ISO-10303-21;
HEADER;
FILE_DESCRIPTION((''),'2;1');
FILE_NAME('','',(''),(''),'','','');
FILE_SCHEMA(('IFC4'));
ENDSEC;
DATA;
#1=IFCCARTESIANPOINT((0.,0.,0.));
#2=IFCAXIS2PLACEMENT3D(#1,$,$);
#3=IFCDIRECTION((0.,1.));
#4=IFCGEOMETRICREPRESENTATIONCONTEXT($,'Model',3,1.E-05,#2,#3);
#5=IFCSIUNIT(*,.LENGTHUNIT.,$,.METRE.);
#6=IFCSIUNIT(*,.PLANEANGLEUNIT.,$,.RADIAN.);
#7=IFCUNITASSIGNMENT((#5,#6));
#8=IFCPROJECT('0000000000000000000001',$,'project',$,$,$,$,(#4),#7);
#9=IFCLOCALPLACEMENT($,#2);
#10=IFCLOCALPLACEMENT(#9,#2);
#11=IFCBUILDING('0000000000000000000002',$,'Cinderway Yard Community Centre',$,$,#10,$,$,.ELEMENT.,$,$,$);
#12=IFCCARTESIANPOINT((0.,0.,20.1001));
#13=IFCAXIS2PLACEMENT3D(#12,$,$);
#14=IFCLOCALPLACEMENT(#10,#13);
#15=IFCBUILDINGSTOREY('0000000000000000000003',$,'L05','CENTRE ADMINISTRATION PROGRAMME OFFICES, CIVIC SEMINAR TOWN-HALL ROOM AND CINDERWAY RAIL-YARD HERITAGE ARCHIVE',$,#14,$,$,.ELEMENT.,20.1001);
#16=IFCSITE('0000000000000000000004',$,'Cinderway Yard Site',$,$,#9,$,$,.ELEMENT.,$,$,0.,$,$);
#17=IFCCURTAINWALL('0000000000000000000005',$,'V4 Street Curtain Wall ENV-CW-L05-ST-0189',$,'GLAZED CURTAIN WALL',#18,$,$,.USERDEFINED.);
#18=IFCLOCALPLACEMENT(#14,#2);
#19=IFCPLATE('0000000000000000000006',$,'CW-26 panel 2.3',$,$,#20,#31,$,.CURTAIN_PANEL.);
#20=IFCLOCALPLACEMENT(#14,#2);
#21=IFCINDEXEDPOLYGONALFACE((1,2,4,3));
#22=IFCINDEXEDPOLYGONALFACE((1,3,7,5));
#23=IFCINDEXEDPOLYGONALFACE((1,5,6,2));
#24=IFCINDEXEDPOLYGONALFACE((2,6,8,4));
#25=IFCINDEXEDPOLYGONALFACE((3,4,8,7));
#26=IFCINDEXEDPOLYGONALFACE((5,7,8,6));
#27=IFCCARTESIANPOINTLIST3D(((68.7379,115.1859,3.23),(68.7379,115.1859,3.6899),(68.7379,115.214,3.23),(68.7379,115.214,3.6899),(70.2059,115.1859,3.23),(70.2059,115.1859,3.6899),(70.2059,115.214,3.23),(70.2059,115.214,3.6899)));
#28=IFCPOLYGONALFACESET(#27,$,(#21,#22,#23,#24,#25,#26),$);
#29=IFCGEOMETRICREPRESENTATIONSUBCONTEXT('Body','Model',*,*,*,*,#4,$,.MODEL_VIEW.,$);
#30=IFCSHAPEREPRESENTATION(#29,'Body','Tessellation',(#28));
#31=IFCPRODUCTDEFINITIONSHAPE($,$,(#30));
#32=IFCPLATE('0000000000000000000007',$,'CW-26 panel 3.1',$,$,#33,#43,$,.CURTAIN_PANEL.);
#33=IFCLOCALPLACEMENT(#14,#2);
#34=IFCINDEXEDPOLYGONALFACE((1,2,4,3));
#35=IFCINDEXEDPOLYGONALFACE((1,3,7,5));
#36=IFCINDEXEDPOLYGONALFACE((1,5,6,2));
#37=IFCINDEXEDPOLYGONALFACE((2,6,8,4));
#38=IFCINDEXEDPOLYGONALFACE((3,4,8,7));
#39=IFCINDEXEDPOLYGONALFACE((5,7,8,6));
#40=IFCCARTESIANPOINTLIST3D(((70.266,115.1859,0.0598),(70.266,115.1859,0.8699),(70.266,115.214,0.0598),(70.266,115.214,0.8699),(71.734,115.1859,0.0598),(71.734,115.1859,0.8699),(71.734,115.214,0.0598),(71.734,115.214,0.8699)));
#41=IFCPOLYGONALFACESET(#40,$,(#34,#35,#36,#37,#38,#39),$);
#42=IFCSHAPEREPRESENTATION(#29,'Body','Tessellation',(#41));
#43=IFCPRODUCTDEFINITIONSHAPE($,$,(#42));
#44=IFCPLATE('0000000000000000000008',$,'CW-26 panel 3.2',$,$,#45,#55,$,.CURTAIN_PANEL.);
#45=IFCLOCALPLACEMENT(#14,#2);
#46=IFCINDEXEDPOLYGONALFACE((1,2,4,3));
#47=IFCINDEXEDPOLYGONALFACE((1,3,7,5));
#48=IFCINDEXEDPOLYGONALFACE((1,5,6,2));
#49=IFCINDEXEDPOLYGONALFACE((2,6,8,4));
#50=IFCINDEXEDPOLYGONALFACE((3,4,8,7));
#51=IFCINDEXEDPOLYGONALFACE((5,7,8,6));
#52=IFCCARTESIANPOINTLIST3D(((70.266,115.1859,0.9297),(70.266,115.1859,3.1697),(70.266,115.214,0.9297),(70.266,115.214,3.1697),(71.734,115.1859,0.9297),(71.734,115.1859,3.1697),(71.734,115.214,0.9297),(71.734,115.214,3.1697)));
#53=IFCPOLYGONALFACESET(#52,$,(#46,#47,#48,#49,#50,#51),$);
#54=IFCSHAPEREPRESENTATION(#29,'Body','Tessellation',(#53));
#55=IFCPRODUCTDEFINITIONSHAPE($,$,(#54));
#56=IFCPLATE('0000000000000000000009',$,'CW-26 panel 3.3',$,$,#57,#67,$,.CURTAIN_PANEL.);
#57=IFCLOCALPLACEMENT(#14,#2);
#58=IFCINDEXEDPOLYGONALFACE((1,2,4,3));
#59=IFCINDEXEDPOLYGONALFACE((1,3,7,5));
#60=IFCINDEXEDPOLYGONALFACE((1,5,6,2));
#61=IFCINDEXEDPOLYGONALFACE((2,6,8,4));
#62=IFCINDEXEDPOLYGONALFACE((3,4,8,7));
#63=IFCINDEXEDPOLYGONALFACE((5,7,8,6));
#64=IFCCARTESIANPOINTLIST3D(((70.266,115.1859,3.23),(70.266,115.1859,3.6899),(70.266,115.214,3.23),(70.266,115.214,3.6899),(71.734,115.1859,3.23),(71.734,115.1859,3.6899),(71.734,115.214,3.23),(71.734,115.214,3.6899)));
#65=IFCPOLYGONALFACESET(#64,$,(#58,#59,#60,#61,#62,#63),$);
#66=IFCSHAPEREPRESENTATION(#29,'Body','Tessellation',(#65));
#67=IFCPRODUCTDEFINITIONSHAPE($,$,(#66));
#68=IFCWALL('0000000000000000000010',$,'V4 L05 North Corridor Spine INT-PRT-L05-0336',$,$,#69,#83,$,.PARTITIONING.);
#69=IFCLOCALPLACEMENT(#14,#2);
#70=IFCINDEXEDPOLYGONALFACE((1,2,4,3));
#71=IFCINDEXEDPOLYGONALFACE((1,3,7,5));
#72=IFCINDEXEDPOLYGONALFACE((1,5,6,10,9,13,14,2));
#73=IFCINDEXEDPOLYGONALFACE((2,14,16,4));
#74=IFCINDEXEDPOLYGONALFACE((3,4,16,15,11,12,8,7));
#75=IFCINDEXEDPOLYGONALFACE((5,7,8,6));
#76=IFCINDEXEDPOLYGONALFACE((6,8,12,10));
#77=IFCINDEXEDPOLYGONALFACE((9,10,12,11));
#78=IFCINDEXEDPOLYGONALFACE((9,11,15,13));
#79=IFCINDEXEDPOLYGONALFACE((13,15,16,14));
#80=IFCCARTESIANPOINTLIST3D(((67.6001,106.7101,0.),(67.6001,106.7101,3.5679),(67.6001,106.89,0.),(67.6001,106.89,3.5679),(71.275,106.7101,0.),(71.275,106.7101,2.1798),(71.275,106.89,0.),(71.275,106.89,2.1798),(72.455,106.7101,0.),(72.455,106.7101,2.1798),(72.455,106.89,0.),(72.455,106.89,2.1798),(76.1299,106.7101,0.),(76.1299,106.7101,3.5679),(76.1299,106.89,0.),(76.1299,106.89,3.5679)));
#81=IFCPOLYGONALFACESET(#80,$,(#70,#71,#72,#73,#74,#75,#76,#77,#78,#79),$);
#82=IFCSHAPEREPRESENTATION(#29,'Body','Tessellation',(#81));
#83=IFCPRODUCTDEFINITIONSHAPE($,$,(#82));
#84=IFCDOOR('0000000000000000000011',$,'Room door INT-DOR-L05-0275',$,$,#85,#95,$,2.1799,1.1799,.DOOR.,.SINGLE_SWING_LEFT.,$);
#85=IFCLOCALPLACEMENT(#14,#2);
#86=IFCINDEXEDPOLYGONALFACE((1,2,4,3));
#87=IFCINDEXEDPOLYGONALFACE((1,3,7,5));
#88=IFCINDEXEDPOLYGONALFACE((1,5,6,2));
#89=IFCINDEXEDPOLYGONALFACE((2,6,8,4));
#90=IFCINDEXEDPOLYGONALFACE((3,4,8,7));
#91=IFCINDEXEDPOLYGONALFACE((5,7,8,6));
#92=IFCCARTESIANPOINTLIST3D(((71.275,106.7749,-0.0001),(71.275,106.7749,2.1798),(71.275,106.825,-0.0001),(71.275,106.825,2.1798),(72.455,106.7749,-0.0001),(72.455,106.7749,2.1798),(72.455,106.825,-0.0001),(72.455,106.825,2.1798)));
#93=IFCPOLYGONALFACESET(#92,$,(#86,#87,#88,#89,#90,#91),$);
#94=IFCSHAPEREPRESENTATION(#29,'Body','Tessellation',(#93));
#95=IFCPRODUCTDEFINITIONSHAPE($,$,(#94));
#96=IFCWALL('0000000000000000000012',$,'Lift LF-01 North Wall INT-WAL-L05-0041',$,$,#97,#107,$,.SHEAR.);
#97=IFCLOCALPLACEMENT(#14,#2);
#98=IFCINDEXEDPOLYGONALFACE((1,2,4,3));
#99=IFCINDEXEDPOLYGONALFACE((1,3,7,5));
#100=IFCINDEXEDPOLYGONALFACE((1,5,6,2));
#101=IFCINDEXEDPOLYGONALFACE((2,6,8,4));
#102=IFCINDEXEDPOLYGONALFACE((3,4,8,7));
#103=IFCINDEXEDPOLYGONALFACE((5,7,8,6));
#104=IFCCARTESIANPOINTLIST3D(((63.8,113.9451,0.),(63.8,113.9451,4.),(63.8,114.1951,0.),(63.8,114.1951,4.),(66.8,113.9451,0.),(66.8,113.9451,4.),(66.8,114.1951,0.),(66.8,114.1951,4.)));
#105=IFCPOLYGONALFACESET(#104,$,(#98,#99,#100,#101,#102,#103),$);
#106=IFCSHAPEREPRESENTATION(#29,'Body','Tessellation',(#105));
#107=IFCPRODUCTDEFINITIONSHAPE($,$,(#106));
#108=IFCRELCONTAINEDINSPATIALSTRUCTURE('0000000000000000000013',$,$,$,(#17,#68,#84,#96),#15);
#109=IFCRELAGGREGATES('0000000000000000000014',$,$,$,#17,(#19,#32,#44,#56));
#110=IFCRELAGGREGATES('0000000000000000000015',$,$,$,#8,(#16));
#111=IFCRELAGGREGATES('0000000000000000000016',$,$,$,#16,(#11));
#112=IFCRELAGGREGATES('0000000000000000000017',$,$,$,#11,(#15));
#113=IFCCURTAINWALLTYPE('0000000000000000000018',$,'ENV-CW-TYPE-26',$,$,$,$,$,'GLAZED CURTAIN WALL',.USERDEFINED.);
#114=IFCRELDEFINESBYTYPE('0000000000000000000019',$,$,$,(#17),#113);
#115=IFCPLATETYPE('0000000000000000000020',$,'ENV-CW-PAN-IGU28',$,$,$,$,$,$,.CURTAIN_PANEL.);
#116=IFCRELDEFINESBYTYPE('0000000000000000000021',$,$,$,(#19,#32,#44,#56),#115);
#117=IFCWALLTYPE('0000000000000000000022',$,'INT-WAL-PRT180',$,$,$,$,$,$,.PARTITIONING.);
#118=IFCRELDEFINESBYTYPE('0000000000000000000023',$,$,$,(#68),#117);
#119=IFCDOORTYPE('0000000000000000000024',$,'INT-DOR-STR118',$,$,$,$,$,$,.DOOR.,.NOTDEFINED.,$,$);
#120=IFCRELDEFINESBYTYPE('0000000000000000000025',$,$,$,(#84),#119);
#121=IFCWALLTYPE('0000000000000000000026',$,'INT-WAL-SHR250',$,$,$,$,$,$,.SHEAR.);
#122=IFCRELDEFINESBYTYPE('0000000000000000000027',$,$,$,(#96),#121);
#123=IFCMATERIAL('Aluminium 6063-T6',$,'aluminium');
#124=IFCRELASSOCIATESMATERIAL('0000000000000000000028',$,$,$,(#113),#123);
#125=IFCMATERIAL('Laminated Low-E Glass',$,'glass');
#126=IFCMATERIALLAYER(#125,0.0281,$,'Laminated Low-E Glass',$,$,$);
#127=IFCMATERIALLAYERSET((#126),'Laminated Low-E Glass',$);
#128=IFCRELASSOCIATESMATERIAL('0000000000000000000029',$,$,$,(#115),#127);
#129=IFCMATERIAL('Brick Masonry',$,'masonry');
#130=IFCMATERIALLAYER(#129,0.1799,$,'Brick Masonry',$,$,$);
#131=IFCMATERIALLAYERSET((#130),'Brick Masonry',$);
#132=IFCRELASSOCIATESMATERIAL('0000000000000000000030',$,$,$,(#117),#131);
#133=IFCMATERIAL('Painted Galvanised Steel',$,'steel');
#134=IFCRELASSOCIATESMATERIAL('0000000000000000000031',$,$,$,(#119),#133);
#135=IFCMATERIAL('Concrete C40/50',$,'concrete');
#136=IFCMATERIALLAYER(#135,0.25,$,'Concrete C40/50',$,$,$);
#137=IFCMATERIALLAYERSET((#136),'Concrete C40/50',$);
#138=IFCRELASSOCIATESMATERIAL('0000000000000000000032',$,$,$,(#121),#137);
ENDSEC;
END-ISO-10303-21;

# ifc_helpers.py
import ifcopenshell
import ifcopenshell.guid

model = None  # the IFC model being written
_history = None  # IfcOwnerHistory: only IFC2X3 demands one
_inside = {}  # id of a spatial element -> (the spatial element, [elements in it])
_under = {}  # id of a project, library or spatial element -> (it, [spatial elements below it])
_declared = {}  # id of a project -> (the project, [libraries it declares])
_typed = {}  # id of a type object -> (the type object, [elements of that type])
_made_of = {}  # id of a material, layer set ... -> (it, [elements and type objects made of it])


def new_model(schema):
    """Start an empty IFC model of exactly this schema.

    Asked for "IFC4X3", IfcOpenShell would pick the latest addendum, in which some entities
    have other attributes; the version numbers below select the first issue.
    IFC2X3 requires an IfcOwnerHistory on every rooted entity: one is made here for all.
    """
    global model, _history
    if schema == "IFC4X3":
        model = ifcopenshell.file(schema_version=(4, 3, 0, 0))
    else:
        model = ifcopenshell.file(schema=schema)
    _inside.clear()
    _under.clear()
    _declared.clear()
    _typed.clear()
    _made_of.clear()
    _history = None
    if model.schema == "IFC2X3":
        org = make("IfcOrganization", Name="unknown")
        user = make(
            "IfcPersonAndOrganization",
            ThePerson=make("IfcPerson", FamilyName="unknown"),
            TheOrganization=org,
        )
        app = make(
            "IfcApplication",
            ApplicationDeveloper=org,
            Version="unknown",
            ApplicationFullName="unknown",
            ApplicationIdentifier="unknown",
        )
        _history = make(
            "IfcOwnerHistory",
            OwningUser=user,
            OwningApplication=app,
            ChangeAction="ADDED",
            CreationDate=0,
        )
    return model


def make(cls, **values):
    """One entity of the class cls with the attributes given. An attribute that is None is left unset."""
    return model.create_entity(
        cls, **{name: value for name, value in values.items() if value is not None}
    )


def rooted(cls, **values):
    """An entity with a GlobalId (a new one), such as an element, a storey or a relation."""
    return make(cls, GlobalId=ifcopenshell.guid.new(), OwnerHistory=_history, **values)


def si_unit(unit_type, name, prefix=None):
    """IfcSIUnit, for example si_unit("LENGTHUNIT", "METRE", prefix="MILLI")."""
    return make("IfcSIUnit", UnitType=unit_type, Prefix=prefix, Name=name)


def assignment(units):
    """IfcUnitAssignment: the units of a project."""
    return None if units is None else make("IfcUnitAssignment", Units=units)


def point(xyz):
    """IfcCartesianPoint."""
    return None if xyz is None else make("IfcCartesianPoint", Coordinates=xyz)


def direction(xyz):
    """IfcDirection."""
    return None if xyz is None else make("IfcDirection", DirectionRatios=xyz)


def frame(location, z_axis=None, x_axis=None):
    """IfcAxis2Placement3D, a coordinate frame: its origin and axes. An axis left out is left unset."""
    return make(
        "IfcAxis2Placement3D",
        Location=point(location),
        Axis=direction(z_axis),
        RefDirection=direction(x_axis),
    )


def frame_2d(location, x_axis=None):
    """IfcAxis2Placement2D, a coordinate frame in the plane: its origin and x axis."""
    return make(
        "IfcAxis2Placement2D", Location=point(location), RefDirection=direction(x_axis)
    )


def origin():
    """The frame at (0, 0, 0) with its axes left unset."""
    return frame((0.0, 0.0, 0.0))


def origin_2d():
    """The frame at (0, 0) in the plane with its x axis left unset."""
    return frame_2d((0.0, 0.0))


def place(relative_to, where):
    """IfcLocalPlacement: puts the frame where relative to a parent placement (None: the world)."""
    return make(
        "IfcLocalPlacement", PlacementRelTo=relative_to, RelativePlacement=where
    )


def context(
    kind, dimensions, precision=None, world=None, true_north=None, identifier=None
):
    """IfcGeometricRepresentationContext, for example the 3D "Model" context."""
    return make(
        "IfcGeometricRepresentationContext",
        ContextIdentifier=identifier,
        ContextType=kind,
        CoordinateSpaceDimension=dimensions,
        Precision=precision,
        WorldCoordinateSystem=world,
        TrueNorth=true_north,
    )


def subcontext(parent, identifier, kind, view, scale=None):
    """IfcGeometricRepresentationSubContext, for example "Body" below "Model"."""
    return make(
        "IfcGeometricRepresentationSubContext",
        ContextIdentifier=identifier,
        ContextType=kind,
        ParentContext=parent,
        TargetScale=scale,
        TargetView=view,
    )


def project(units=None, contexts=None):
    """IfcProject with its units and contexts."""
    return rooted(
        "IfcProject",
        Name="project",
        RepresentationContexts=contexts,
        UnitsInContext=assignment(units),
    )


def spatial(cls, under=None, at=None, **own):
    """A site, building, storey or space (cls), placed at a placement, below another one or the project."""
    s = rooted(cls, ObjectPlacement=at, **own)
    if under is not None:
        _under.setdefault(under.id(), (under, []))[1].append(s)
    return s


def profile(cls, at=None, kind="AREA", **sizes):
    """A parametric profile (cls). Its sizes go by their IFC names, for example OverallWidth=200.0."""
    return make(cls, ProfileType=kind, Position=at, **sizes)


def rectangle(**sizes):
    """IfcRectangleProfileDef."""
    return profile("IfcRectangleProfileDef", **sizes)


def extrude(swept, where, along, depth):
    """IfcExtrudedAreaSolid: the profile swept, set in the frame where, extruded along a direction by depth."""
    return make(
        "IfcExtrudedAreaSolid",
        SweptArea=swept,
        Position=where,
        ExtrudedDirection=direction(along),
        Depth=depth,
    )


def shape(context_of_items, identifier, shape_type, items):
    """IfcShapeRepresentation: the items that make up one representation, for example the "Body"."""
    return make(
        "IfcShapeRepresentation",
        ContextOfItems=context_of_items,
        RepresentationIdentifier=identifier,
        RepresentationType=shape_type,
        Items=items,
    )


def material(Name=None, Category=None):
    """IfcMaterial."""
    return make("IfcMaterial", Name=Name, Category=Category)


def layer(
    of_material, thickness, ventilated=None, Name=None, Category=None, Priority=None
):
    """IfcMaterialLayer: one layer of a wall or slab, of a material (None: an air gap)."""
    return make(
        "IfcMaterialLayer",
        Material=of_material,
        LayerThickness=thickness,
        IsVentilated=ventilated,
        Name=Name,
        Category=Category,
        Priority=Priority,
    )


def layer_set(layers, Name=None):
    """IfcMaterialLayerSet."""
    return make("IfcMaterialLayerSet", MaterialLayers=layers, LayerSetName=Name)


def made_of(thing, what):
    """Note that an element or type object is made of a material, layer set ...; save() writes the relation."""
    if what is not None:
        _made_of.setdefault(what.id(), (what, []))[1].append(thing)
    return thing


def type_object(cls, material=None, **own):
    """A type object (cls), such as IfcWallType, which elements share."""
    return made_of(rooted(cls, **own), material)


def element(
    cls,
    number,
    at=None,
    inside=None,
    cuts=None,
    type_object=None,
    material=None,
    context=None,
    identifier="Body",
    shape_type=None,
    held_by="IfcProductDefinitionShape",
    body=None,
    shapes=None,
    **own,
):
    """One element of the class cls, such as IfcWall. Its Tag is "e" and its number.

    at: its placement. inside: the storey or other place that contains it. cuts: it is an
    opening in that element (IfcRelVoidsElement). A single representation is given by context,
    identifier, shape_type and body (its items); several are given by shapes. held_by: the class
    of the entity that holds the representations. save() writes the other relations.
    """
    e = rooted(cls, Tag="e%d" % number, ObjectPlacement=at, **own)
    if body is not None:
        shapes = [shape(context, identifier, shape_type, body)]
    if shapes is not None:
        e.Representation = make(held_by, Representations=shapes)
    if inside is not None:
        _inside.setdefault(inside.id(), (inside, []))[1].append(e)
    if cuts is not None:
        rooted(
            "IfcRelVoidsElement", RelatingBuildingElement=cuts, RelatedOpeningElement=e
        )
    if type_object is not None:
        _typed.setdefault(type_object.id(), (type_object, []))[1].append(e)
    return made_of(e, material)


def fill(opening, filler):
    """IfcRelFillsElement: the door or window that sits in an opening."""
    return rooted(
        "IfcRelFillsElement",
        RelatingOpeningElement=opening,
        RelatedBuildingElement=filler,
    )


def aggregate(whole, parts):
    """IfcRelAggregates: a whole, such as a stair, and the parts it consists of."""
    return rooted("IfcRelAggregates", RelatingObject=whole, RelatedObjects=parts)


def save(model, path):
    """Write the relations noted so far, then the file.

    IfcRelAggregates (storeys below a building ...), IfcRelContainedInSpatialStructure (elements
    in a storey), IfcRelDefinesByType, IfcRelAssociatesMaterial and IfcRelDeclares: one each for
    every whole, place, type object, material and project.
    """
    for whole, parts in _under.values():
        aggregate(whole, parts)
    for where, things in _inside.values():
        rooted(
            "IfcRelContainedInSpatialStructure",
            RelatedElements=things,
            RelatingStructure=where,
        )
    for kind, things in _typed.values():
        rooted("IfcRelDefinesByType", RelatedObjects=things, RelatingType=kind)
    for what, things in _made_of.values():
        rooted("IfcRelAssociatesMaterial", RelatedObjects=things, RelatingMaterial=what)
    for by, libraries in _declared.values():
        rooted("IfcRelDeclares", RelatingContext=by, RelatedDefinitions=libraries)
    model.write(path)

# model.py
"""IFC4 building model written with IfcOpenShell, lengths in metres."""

from ifc_helpers import new_model, si_unit, direction, frame, frame_2d, origin, origin_2d, place, context, subcontext, project, spatial, rectangle, extrude, material, layer, layer_set, type_object, element, fill, aggregate, save


model = new_model("IFC4")

# Units and contexts
model_context = context("Model", 3, precision=1e-05, world=origin(), true_north=direction((0.0, 1.0)))
body_context = subcontext(model_context, "Body", "Model", "MODEL_VIEW")
ifc_project = project(units=[si_unit("LENGTHUNIT", "METRE"), si_unit("PLANEANGLEUNIT", "RADIAN")], contexts=[model_context])

# Site, building, storey
site_placement = place(None, origin())
site = spatial("IfcSite", under=ifc_project, at=site_placement, Name="Cinderway Yard Site", CompositionType="ELEMENT", RefElevation=0.0)
building_placement = place(site_placement, origin())
building = spatial("IfcBuilding", under=site, at=building_placement, Name="Cinderway Yard Community Centre", CompositionType="ELEMENT")
storey_placement = place(building_placement, frame((0.0, 0.0, 20.1001)))
storey = spatial("IfcBuildingStorey", under=building, at=storey_placement, Name="L05", Description="CENTRE ADMINISTRATION PROGRAMME OFFICES, CIVIC SEMINAR TOWN-HALL ROOM AND CINDERWAY RAIL-YARD HERITAGE ARCHIVE", CompositionType="ELEMENT", Elevation=20.1001)

# Shared definitions
ifc_material_1 = material(Name="Concrete C40/50", Category="concrete")

# Curtain wall
ifc_material_2 = material(Name="Aluminium 6063-T6", Category="aluminium")
curtain_wall_type = type_object("IfcCurtainWallType", Name="ENV-CW-TYPE-26", ElementType="GLAZED CURTAIN WALL", PredefinedType="USERDEFINED", material=ifc_material_2)
curtain_wall_placement = place(storey_placement, origin())
curtain_wall = element("IfcCurtainWall", 1, at=curtain_wall_placement, inside=storey, type_object=curtain_wall_type, Name="V4 Street Curtain Wall ENV-CW-L05-ST-0189", ObjectType="GLAZED CURTAIN WALL", PredefinedType="USERDEFINED")

# Plates
ifc_material_3 = material(Name="Laminated Low-E Glass", Category="glass")
ifc_layer_1 = layer(ifc_material_3, 0.0281, Name="Laminated Low-E Glass")
ifc_layer_set_1 = layer_set([ifc_layer_1], Name="Laminated Low-E Glass")
plate_type = type_object("IfcPlateType", Name="ENV-CW-PAN-IGU28", PredefinedType="CURTAIN_PANEL", material=ifc_layer_set_1)
plate_1_placement = place(storey_placement, frame((69.4719, 115.2, 3.23), z_axis=(0.0, 0.0, 1.0), x_axis=(1.0, 0.0, 0.0)))
plate_1 = element("IfcPlate", 2, at=plate_1_placement, type_object=plate_type, Name="CW-26 panel 2.3", PredefinedType="CURTAIN_PANEL", context=body_context, shape_type="SweptSolid", body=[
    extrude(rectangle(XDim=1.468, YDim=0.0281, at=origin_2d()), origin(), (0.0, 0.0, 1.0), 0.46),
])
plate_2_placement = place(storey_placement, frame((71.0, 115.2, 0.0598), z_axis=(0.0, 0.0, 1.0), x_axis=(1.0, 0.0, 0.0)))
plate_2 = element("IfcPlate", 3, at=plate_2_placement, type_object=plate_type, Name="CW-26 panel 3.1", PredefinedType="CURTAIN_PANEL", context=body_context, shape_type="SweptSolid", body=[
    extrude(rectangle(XDim=1.468, YDim=0.0281, at=origin_2d()), origin(), (0.0, 0.0, 1.0), 0.8101),
])
plate_3_placement = place(storey_placement, frame((71.0, 115.2, 0.9297), z_axis=(0.0, 0.0, 1.0), x_axis=(1.0, 0.0, 0.0)))
plate_3 = element("IfcPlate", 4, at=plate_3_placement, type_object=plate_type, Name="CW-26 panel 3.2", PredefinedType="CURTAIN_PANEL", context=body_context, shape_type="SweptSolid", body=[
    extrude(rectangle(XDim=1.468, YDim=0.0281, at=origin_2d()), origin(), (0.0, 0.0, 1.0), 2.24),
])
plate_4_placement = place(storey_placement, frame((71.0, 115.2, 3.23), z_axis=(0.0, 0.0, 1.0), x_axis=(1.0, 0.0, 0.0)))
plate_4 = element("IfcPlate", 5, at=plate_4_placement, type_object=plate_type, Name="CW-26 panel 3.3", PredefinedType="CURTAIN_PANEL", context=body_context, shape_type="SweptSolid", body=[
    extrude(rectangle(XDim=1.468, YDim=0.0281, at=origin_2d()), origin(), (0.0, 0.0, 1.0), 0.46),
])
aggregate(curtain_wall, [plate_1, plate_2, plate_3, plate_4])

# Wall, opening, door
ifc_material_4 = material(Name="Brick Masonry", Category="masonry")
ifc_layer_2 = layer(ifc_material_4, 0.1799, Name="Brick Masonry")
ifc_layer_set_2 = layer_set([ifc_layer_2], Name="Brick Masonry")
wall_type_1 = type_object("IfcWallType", Name="INT-WAL-PRT180", PredefinedType="PARTITIONING", material=ifc_layer_set_2)
wall_1_placement = place(storey_placement, frame((67.6001, 106.8, 0.0), z_axis=(0.0, 0.0, 1.0), x_axis=(1.0, 0.0, 0.0)))
wall_1 = element("IfcWall", 6, at=wall_1_placement, inside=storey, type_object=wall_type_1, Name="V4 L05 North Corridor Spine INT-PRT-L05-0336", PredefinedType="PARTITIONING", context=body_context, shape_type="SweptSolid", body=[
    extrude(rectangle(XDim=8.5298, YDim=0.1799, at=frame_2d((4.2649, 0.0))), origin(), (0.0, 0.0, 1.0), 3.5679),
])
opening_placement = place(wall_1_placement, frame((3.675, 0.0, 0.0)))
opening = element("IfcOpeningElement", 7, at=opening_placement, cuts=wall_1, PredefinedType="OPENING", context=body_context, shape_type="SweptSolid", body=[
    extrude(rectangle(XDim=1.1799, YDim=2.1799, at=frame_2d((0.5898, 1.0898))), frame((0.0, 0.0999, 0.0), z_axis=(0.0, -1.0, 0.0), x_axis=(1.0, 0.0, 0.0)), (0.0, 0.0, 1.0), 0.2),
])
ifc_material_5 = material(Name="Painted Galvanised Steel", Category="steel")
door_type = type_object("IfcDoorType", Name="INT-DOR-STR118", OperationType="NOTDEFINED", PredefinedType="DOOR", material=ifc_material_5)
door_placement = place(opening_placement, origin())
door = element("IfcDoor", 8, at=door_placement, inside=storey, type_object=door_type, Name="Room door INT-DOR-L05-0275", OperationType="SINGLE_SWING_LEFT", OverallHeight=2.1799, OverallWidth=1.1799, PredefinedType="DOOR", context=body_context, shape_type="SweptSolid", body=[
    extrude(rectangle(XDim=1.1799, YDim=2.1799, at=frame_2d((0.5898, 1.0898))), frame((0.0, 0.0249, 0.0), z_axis=(0.0, -1.0, 0.0), x_axis=(1.0, 0.0, 0.0)), (0.0, 0.0, 1.0), 0.05),
])
fill(opening, door)

# Wall
ifc_layer_3 = layer(ifc_material_1, 0.25, Name="Concrete C40/50")
ifc_layer_set_3 = layer_set([ifc_layer_3], Name="Concrete C40/50")
wall_type_2 = type_object("IfcWallType", Name="INT-WAL-SHR250", PredefinedType="SHEAR", material=ifc_layer_set_3)
wall_2_placement = place(storey_placement, frame((66.8, 114.0701, 0.0), z_axis=(0.0, 0.0, 1.0), x_axis=(-1.0, 0.0, 0.0)))
element("IfcWall", 9, at=wall_2_placement, inside=storey, type_object=wall_type_2, Name="Lift LF-01 North Wall INT-WAL-L05-0041", PredefinedType="SHEAR", context=body_context, shape_type="SweptSolid", body=[
    extrude(rectangle(XDim=3.0, YDim=0.25, at=frame_2d((1.5, 0.0))), origin(), (0.0, 0.0, 1.0), 4.0),
])

save(model, "model.ifc")
